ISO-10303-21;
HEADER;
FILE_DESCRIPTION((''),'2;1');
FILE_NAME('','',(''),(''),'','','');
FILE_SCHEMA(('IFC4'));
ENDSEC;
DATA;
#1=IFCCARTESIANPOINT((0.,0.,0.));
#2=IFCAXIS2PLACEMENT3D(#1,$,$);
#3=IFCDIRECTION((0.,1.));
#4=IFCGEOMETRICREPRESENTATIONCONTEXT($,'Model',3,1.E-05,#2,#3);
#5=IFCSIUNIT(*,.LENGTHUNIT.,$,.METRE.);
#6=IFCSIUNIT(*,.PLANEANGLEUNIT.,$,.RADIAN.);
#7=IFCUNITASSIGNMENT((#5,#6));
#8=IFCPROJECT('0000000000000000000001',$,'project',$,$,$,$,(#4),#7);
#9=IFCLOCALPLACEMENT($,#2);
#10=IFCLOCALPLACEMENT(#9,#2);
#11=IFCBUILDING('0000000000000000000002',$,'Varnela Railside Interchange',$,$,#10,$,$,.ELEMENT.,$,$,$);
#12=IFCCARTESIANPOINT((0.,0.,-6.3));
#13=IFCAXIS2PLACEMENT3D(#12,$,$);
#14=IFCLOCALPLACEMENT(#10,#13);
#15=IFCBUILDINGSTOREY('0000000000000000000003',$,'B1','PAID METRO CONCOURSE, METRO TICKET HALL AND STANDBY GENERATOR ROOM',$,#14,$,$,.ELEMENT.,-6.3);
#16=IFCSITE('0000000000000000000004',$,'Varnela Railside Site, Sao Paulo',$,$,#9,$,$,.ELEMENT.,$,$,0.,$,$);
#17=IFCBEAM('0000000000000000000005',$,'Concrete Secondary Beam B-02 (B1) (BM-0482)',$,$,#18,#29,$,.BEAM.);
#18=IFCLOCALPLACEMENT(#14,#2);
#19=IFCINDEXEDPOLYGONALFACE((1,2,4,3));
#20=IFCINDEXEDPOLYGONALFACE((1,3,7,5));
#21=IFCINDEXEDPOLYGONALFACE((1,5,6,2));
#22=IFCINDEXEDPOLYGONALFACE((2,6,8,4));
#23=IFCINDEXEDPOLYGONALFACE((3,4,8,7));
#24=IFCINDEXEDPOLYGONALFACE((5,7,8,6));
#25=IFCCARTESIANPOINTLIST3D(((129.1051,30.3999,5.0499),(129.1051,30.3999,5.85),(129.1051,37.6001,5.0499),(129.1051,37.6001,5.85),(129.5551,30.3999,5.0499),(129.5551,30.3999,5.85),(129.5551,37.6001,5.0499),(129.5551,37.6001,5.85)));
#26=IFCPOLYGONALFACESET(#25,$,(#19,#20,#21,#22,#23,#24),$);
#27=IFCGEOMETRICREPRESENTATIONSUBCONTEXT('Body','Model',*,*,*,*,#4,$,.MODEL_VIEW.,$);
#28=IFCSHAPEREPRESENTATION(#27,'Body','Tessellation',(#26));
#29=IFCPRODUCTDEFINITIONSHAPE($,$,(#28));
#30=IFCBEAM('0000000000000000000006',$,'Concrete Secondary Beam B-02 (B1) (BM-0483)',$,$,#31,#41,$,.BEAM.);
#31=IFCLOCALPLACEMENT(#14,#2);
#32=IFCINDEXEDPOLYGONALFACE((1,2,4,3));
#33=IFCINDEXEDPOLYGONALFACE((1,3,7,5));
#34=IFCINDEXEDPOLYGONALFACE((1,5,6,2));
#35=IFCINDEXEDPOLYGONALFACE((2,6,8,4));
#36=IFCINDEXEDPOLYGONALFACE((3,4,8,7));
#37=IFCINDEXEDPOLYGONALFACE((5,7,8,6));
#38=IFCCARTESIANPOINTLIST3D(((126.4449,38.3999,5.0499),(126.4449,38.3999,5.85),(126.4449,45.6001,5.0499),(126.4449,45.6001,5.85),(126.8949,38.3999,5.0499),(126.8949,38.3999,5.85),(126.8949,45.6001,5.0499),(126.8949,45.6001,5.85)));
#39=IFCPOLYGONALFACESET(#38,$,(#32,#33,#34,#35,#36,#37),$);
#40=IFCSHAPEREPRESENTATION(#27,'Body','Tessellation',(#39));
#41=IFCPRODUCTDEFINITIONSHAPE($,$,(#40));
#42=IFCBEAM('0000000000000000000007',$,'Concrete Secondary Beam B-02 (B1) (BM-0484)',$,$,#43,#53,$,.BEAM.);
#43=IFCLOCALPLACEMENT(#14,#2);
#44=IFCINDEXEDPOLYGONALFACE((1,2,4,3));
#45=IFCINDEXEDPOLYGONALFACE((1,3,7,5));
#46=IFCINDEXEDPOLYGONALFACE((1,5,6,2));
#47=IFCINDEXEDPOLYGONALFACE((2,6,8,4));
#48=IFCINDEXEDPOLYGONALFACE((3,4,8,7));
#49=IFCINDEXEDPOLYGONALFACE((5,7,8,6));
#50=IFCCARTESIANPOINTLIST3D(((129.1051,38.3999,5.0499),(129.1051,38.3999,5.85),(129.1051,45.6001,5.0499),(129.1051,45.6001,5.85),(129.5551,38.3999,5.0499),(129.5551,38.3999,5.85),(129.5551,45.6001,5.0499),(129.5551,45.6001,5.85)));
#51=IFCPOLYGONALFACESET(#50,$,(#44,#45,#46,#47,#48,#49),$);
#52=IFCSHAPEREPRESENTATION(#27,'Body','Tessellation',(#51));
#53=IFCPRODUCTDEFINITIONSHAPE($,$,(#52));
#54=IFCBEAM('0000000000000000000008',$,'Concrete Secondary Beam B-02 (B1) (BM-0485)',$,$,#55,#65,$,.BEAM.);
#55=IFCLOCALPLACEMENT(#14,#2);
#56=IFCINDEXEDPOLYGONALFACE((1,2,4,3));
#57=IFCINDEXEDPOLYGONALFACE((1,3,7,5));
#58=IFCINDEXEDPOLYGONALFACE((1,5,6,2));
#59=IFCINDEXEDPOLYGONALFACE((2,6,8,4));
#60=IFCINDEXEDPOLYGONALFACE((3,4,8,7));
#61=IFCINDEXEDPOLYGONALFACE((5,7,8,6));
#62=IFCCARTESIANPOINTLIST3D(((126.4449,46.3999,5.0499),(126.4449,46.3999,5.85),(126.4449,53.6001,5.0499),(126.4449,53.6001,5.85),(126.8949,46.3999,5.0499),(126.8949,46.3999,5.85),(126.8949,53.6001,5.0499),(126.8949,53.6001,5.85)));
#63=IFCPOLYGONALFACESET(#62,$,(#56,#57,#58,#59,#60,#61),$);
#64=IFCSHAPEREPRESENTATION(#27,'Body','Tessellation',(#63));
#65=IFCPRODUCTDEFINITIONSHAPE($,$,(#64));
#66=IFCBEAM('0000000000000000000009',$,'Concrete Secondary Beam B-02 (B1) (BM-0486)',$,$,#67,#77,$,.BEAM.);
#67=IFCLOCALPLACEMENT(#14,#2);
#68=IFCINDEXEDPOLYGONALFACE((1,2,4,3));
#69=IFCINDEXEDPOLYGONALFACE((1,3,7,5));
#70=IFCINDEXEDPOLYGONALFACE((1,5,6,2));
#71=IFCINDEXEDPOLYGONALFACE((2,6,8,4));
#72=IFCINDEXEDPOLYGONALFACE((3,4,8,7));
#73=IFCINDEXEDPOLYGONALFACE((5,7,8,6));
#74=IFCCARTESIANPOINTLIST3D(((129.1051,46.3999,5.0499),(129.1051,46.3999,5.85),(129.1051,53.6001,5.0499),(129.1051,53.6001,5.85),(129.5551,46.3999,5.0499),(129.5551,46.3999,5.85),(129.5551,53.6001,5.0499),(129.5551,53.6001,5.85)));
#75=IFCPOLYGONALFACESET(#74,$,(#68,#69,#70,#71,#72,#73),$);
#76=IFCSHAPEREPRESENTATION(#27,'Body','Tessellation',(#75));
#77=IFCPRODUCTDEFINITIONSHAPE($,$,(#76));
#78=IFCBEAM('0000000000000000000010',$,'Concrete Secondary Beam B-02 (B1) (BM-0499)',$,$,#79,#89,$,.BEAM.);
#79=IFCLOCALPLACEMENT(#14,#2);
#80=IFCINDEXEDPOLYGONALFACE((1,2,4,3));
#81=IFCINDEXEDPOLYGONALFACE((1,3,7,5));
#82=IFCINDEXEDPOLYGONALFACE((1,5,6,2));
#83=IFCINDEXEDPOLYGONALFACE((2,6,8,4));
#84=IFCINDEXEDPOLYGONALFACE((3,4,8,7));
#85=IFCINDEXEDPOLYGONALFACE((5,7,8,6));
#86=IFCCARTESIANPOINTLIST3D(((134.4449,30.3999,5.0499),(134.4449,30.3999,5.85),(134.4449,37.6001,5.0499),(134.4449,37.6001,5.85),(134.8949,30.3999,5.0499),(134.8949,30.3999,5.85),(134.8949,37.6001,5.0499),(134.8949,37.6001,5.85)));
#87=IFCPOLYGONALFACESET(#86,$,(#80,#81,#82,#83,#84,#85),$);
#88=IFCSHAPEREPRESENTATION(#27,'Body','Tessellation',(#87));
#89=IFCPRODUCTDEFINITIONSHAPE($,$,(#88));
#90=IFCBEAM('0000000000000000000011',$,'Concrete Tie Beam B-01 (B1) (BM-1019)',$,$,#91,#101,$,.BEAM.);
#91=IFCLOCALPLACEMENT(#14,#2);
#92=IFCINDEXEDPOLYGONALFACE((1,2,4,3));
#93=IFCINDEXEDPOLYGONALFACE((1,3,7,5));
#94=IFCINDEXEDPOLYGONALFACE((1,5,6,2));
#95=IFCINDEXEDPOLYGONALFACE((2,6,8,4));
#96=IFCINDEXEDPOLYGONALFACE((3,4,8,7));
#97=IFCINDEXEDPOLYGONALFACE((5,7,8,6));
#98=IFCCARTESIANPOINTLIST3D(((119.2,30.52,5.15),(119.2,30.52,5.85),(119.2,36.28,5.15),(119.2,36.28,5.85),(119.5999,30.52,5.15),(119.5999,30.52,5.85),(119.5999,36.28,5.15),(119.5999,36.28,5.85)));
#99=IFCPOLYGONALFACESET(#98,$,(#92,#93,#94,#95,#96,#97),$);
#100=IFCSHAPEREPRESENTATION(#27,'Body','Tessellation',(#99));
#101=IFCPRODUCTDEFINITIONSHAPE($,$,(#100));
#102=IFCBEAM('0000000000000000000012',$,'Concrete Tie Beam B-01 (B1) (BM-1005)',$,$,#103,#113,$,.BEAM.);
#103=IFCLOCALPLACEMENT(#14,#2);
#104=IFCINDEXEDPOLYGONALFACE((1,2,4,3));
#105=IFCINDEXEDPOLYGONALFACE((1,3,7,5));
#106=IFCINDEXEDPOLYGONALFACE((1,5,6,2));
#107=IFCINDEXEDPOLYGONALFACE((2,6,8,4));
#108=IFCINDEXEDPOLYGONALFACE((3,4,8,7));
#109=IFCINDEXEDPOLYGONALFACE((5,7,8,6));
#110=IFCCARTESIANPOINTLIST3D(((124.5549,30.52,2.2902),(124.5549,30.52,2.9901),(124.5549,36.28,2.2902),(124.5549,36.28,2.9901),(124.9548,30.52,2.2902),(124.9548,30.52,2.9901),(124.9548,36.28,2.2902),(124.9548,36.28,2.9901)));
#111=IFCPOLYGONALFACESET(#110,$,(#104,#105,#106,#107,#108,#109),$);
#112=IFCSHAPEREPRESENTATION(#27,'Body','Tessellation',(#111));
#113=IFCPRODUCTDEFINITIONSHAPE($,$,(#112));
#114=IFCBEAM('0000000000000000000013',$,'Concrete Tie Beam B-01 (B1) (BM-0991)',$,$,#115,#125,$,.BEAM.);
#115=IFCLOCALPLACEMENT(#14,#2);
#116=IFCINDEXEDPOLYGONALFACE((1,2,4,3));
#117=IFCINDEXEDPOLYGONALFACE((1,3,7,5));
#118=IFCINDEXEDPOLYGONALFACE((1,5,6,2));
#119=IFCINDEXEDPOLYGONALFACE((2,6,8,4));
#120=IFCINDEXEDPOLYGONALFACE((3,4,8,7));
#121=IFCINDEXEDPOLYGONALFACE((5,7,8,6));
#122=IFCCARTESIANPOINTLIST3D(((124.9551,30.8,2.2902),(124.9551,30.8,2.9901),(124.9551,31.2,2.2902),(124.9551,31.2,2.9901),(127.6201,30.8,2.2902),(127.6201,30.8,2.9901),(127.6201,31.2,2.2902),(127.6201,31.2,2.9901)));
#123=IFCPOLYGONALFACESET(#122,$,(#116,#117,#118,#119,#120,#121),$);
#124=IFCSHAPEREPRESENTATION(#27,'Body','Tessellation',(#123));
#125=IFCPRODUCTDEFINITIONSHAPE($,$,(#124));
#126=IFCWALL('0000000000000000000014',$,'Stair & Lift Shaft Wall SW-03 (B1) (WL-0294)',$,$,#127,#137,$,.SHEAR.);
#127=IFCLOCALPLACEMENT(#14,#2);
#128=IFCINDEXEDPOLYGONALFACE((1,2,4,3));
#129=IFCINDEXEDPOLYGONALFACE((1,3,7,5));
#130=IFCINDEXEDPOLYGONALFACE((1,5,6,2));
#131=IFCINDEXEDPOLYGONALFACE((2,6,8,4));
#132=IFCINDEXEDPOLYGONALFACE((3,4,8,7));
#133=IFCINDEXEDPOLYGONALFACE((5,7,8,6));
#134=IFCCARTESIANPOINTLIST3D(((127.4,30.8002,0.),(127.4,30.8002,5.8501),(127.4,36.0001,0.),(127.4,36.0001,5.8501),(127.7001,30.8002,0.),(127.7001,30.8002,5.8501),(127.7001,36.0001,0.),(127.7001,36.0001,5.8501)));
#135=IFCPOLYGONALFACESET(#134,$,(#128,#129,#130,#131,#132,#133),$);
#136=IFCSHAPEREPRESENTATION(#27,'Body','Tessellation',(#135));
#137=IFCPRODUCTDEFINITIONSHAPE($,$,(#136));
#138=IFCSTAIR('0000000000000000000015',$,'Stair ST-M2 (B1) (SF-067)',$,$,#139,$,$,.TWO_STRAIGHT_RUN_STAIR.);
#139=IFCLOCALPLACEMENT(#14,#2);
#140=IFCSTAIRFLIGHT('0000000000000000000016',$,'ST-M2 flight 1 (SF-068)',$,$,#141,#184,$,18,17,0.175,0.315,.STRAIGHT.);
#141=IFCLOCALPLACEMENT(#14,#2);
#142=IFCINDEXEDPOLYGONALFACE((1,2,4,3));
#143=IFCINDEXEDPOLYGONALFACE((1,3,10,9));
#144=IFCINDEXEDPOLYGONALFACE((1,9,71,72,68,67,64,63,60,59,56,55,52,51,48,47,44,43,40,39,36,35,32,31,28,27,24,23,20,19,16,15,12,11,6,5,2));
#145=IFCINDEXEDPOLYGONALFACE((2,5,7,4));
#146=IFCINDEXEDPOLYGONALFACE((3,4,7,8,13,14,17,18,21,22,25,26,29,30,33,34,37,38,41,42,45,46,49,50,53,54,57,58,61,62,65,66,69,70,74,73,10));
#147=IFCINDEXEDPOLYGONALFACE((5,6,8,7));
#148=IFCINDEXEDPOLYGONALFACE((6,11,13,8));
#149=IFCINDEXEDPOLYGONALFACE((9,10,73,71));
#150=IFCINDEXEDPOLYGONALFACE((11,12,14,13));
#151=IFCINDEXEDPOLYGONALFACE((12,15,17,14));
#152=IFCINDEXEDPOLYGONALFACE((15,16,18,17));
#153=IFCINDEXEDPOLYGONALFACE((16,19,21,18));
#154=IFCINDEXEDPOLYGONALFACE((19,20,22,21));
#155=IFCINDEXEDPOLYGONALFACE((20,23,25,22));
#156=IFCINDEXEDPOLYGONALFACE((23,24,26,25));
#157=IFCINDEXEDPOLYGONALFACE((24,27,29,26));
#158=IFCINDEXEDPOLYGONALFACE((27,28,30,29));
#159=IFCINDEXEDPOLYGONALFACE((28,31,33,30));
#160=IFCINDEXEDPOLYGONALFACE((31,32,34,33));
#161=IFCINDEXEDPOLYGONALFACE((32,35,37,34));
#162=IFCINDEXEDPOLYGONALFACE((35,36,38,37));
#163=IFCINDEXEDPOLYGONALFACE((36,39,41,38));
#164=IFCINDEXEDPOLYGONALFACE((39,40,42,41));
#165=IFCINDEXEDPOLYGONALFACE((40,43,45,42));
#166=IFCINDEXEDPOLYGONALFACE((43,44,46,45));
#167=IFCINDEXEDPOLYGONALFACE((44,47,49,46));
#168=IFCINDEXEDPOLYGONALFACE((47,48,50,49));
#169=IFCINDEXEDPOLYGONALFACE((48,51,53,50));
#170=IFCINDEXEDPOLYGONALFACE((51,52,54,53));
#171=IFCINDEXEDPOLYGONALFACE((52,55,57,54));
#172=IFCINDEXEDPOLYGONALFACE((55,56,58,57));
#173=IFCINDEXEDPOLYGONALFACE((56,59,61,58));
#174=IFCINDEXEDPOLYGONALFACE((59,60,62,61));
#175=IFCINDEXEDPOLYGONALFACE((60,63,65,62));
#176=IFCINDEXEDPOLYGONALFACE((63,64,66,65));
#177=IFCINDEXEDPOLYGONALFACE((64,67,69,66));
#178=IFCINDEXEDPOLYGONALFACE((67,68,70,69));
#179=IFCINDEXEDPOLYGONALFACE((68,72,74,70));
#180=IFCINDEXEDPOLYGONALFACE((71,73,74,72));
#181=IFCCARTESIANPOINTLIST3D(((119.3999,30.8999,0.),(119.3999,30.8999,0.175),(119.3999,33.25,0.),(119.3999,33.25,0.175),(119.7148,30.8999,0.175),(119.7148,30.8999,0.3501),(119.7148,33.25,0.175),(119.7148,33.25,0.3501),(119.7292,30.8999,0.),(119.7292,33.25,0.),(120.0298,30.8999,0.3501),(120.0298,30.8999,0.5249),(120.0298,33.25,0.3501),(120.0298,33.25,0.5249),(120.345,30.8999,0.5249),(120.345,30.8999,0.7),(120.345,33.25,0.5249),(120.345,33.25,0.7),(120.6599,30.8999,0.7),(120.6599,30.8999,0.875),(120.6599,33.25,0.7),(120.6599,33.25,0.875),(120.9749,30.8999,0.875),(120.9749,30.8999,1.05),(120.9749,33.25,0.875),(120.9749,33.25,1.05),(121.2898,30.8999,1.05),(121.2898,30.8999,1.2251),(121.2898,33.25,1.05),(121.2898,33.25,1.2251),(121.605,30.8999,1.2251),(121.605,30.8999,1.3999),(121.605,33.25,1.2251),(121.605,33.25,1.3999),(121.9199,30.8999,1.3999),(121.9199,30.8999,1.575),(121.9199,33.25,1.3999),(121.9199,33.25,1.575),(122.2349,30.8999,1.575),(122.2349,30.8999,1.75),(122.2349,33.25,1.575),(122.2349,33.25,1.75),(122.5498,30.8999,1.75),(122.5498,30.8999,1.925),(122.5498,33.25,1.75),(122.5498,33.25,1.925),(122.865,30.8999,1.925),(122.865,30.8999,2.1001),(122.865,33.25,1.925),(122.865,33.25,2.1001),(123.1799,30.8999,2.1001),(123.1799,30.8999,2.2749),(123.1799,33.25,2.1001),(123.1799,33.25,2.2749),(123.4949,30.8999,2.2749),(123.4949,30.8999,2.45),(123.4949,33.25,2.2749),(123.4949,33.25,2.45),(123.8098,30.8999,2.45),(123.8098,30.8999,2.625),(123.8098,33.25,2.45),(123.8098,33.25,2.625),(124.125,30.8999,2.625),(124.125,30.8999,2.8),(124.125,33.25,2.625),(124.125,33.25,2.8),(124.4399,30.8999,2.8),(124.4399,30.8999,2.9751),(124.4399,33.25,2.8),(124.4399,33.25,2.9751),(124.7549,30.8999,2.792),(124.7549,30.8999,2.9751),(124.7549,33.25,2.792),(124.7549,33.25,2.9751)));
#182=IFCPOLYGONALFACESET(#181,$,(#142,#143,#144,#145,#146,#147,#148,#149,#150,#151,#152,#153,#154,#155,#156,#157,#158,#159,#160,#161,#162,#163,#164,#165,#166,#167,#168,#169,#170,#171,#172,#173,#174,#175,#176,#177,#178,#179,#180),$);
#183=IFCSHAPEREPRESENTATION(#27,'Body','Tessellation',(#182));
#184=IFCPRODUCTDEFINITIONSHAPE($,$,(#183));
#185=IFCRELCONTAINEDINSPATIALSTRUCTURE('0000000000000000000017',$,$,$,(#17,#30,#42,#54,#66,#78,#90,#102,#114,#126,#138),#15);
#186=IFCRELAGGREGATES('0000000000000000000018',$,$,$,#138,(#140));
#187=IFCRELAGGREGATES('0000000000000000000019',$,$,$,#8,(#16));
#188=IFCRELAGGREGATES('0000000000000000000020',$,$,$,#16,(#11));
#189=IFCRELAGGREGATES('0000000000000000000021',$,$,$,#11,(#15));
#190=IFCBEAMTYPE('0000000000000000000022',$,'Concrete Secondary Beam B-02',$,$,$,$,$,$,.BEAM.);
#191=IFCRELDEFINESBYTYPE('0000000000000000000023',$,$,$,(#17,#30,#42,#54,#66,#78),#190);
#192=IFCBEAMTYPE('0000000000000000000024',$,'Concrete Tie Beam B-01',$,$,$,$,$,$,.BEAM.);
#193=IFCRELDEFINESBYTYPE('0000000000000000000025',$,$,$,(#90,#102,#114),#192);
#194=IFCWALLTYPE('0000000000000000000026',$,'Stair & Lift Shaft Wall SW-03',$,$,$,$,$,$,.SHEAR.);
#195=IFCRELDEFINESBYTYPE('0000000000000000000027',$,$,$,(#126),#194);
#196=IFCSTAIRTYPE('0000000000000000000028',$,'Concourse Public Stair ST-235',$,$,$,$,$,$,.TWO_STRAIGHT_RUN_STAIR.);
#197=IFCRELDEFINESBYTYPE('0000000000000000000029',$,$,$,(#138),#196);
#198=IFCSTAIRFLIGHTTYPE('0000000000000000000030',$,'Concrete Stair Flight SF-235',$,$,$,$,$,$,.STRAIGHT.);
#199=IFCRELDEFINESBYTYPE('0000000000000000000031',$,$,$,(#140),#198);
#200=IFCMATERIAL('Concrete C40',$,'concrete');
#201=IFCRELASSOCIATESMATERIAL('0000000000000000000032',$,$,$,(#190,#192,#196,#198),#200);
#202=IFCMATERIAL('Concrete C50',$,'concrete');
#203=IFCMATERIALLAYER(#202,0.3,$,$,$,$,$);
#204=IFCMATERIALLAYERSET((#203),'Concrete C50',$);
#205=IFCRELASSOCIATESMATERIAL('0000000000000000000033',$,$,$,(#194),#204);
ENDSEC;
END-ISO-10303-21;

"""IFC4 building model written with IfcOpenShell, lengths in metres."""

from ifc_helpers import new_model, si_unit, direction, frame, frame_2d, origin, origin_2d, place, context, subcontext, project, spatial, polyline, rectangle, outline, extrude, material, layer, layer_set, material_profile, profile_set, type_object, element, aggregate, save


model = new_model("IFC4")

# Units and contexts
model_context = context("Model", 3, precision=1e-05, world=origin(), true_north=direction((0.0, 1.0)))
body_context = subcontext(model_context, "Body", "Model", "MODEL_VIEW")
ifc_project = project(units=[si_unit("LENGTHUNIT", "METRE"), si_unit("PLANEANGLEUNIT", "RADIAN")], contexts=[model_context])

# Site, building, storey
site_placement = place(None, origin())
site = spatial("IfcSite", under=ifc_project, at=site_placement, Name="Varnela Railside Site, Sao Paulo", CompositionType="ELEMENT", RefElevation=0.0)
building_placement = place(site_placement, origin())
building = spatial("IfcBuilding", under=site, at=building_placement, Name="Varnela Railside Interchange", CompositionType="ELEMENT")
storey_placement = place(building_placement, frame((0.0, 0.0, -6.3)))
storey = spatial("IfcBuildingStorey", under=building, at=storey_placement, Name="B1", Description="PAID METRO CONCOURSE, METRO TICKET HALL AND STANDBY GENERATOR ROOM", CompositionType="ELEMENT", Elevation=-6.3)

# Shared definitions
ifc_material_1 = material(Name="Concrete C50", Category="concrete")

# Beams
ifc_material_2 = material(Name="Concrete C40", Category="concrete")
ifc_material_profile_1 = material_profile(ifc_material_2, rectangle(XDim=0.45, YDim=0.8, at=origin_2d()), Name="RC 450x800")
ifc_profile_set_1 = profile_set([ifc_material_profile_1], Name="Concrete C40")
beam_type_1 = type_object("IfcBeamType", Name="Concrete Secondary Beam B-02", PredefinedType="BEAM", material=ifc_profile_set_1)
for number, where, z_axis, x_axis, name in (
    (1, (129.3301, 30.3999, 5.45), (0.0, 1.0, 0.0), (-1.0, 0.0, 0.0), "Concrete Secondary Beam B-02 (B1) (BM-0482)"),
    (2, (126.6699, 38.3999, 5.45), (0.0, 1.0, 0.0), (-1.0, 0.0, 0.0), "Concrete Secondary Beam B-02 (B1) (BM-0483)"),
    (3, (129.3301, 38.3999, 5.45), (0.0, 1.0, 0.0), (-1.0, 0.0, 0.0), "Concrete Secondary Beam B-02 (B1) (BM-0484)"),
    (4, (126.6699, 46.3999, 5.45), (0.0, 1.0, 0.0), (-1.0, 0.0, 0.0), "Concrete Secondary Beam B-02 (B1) (BM-0485)"),
    (5, (129.3301, 46.3999, 5.45), (0.0, 1.0, 0.0), (-1.0, 0.0, 0.0), "Concrete Secondary Beam B-02 (B1) (BM-0486)"),
    (6, (134.6699, 30.3999, 5.45), (0.0, 1.0, 0.0), (-1.0, 0.0, 0.0), "Concrete Secondary Beam B-02 (B1) (BM-0499)"),
):
    element("IfcBeam", number, at=place(storey_placement, frame(where, z_axis=z_axis, x_axis=x_axis)), inside=storey, type_object=beam_type_1, Name=name, PredefinedType="BEAM", context=body_context, shape_type="SweptSolid", body=[
        extrude(rectangle(XDim=0.45, YDim=0.8, at=origin_2d()), origin(), (0.0, 0.0, 1.0), 7.2002),
    ])
ifc_material_profile_2 = material_profile(ifc_material_2, rectangle(XDim=0.3999, YDim=0.7, at=origin_2d()), Name="RC 400x700")
ifc_profile_set_2 = profile_set([ifc_material_profile_2], Name="Concrete C40")
beam_type_2 = type_object("IfcBeamType", Name="Concrete Tie Beam B-01", PredefinedType="BEAM", material=ifc_profile_set_2)
for number, where, z_axis, x_axis, name in (
    (7, (119.3999, 30.52, 5.5), (0.0, 1.0, 0.0), (-1.0, 0.0, 0.0), "Concrete Tie Beam B-01 (B1) (BM-1019)"),
    (8, (124.7549, 30.52, 2.6401), (0.0, 1.0, 0.0), (-1.0, 0.0, 0.0), "Concrete Tie Beam B-01 (B1) (BM-1005)"),
):
    element("IfcBeam", number, at=place(storey_placement, frame(where, z_axis=z_axis, x_axis=x_axis)), inside=storey, type_object=beam_type_2, Name=name, PredefinedType="BEAM", context=body_context, shape_type="SweptSolid", body=[
        extrude(rectangle(XDim=0.3999, YDim=0.7, at=origin_2d()), origin(), (0.0, 0.0, 1.0), 5.76),
    ])
beam_placement = place(storey_placement, frame((124.9551, 31.0, 2.6401), z_axis=(1.0, 0.0, 0.0), x_axis=(0.0, 1.0, 0.0)))
element("IfcBeam", 9, at=beam_placement, inside=storey, type_object=beam_type_2, Name="Concrete Tie Beam B-01 (B1) (BM-0991)", PredefinedType="BEAM", context=body_context, shape_type="SweptSolid", body=[
    extrude(rectangle(XDim=0.3999, YDim=0.7, at=origin_2d()), origin(), (0.0, 0.0, 1.0), 2.665),
])

# Wall
ifc_layer = layer(ifc_material_1, 0.3)
ifc_layer_set = layer_set([ifc_layer], Name="Concrete C50")
wall_type = type_object("IfcWallType", Name="Stair & Lift Shaft Wall SW-03", PredefinedType="SHEAR", material=ifc_layer_set)
wall_placement = place(storey_placement, frame((127.55, 30.8, 0.0), z_axis=(0.0, 0.0, 1.0), x_axis=(0.0, 1.0, 0.0)))
element("IfcWall", 10, at=wall_placement, inside=storey, type_object=wall_type, Name="Stair & Lift Shaft Wall SW-03 (B1) (WL-0294)", PredefinedType="SHEAR", context=body_context, shape_type="SweptSolid", body=[
    extrude(rectangle(XDim=5.2, YDim=0.3, at=frame_2d((2.6001, 0.0))), origin(), (0.0, 0.0, 1.0), 5.8501),
])

# Stair, stair flight
stair_type = type_object("IfcStairType", Name="Concourse Public Stair ST-235", PredefinedType="TWO_STRAIGHT_RUN_STAIR", material=ifc_material_2)
stair_placement = place(storey_placement, origin())
stair = element("IfcStair", 11, at=stair_placement, inside=storey, type_object=stair_type, Name="Stair ST-M2 (B1) (SF-067)", PredefinedType="TWO_STRAIGHT_RUN_STAIR")
stair_flight_type = type_object("IfcStairFlightType", Name="Concrete Stair Flight SF-235", PredefinedType="STRAIGHT", material=ifc_material_2)
stair_flight_1_placement = place(storey_placement, frame((119.3999, 32.075, 0.0), z_axis=(0.0, 0.0, 1.0), x_axis=(1.0, 0.0, 0.0)))
stair_flight_1 = element("IfcStairFlight", 12, at=stair_flight_1_placement, type_object=stair_flight_type, Name="ST-M2 flight 1 (SF-068)", NumberOfRisers=18, NumberOfTreads=17, PredefinedType="STRAIGHT", RiserHeight=0.175, TreadLength=0.315, context=body_context, shape_type="SweptSolid", body=[
    extrude(outline(polyline([(0.0, 0.0), (0.0, 0.175), (0.3149, 0.175), (0.3149, 0.3501), (0.6299, 0.3501), (0.6299, 0.5249), (0.9451, 0.5249), (0.9451, 0.7), (1.26, 0.7), (1.26, 0.875), (1.575, 0.875), (1.575, 1.05), (1.8899, 1.05), (1.8899, 1.2251), (2.2051, 1.2251), (2.2051, 1.3999), (2.52, 1.3999), (2.52, 1.575), (2.835, 1.575), (2.835, 1.75), (3.1499, 1.75), (3.1499, 1.925), (3.4651, 1.925), (3.4651, 2.1001), (3.78, 2.1001), (3.78, 2.2749), (4.095, 2.2749), (4.095, 2.45), (4.4099, 2.45), (4.4099, 2.625), (4.7251, 2.625), (4.7251, 2.8), (5.04, 2.8), (5.04, 2.9751), (5.355, 2.9751), (5.355, 3.1499), (5.355, 2.792), (0.3293, 0.0), (0.0, 0.0)])), frame((0.0, 1.175, 0.0), z_axis=(0.0, -1.0, 0.0), x_axis=(1.0, 0.0, 0.0)), (0.0, 0.0, 1.0), 2.3501),
])
aggregate(stair, [stair_flight_1])

save(model, "model.ifc")
